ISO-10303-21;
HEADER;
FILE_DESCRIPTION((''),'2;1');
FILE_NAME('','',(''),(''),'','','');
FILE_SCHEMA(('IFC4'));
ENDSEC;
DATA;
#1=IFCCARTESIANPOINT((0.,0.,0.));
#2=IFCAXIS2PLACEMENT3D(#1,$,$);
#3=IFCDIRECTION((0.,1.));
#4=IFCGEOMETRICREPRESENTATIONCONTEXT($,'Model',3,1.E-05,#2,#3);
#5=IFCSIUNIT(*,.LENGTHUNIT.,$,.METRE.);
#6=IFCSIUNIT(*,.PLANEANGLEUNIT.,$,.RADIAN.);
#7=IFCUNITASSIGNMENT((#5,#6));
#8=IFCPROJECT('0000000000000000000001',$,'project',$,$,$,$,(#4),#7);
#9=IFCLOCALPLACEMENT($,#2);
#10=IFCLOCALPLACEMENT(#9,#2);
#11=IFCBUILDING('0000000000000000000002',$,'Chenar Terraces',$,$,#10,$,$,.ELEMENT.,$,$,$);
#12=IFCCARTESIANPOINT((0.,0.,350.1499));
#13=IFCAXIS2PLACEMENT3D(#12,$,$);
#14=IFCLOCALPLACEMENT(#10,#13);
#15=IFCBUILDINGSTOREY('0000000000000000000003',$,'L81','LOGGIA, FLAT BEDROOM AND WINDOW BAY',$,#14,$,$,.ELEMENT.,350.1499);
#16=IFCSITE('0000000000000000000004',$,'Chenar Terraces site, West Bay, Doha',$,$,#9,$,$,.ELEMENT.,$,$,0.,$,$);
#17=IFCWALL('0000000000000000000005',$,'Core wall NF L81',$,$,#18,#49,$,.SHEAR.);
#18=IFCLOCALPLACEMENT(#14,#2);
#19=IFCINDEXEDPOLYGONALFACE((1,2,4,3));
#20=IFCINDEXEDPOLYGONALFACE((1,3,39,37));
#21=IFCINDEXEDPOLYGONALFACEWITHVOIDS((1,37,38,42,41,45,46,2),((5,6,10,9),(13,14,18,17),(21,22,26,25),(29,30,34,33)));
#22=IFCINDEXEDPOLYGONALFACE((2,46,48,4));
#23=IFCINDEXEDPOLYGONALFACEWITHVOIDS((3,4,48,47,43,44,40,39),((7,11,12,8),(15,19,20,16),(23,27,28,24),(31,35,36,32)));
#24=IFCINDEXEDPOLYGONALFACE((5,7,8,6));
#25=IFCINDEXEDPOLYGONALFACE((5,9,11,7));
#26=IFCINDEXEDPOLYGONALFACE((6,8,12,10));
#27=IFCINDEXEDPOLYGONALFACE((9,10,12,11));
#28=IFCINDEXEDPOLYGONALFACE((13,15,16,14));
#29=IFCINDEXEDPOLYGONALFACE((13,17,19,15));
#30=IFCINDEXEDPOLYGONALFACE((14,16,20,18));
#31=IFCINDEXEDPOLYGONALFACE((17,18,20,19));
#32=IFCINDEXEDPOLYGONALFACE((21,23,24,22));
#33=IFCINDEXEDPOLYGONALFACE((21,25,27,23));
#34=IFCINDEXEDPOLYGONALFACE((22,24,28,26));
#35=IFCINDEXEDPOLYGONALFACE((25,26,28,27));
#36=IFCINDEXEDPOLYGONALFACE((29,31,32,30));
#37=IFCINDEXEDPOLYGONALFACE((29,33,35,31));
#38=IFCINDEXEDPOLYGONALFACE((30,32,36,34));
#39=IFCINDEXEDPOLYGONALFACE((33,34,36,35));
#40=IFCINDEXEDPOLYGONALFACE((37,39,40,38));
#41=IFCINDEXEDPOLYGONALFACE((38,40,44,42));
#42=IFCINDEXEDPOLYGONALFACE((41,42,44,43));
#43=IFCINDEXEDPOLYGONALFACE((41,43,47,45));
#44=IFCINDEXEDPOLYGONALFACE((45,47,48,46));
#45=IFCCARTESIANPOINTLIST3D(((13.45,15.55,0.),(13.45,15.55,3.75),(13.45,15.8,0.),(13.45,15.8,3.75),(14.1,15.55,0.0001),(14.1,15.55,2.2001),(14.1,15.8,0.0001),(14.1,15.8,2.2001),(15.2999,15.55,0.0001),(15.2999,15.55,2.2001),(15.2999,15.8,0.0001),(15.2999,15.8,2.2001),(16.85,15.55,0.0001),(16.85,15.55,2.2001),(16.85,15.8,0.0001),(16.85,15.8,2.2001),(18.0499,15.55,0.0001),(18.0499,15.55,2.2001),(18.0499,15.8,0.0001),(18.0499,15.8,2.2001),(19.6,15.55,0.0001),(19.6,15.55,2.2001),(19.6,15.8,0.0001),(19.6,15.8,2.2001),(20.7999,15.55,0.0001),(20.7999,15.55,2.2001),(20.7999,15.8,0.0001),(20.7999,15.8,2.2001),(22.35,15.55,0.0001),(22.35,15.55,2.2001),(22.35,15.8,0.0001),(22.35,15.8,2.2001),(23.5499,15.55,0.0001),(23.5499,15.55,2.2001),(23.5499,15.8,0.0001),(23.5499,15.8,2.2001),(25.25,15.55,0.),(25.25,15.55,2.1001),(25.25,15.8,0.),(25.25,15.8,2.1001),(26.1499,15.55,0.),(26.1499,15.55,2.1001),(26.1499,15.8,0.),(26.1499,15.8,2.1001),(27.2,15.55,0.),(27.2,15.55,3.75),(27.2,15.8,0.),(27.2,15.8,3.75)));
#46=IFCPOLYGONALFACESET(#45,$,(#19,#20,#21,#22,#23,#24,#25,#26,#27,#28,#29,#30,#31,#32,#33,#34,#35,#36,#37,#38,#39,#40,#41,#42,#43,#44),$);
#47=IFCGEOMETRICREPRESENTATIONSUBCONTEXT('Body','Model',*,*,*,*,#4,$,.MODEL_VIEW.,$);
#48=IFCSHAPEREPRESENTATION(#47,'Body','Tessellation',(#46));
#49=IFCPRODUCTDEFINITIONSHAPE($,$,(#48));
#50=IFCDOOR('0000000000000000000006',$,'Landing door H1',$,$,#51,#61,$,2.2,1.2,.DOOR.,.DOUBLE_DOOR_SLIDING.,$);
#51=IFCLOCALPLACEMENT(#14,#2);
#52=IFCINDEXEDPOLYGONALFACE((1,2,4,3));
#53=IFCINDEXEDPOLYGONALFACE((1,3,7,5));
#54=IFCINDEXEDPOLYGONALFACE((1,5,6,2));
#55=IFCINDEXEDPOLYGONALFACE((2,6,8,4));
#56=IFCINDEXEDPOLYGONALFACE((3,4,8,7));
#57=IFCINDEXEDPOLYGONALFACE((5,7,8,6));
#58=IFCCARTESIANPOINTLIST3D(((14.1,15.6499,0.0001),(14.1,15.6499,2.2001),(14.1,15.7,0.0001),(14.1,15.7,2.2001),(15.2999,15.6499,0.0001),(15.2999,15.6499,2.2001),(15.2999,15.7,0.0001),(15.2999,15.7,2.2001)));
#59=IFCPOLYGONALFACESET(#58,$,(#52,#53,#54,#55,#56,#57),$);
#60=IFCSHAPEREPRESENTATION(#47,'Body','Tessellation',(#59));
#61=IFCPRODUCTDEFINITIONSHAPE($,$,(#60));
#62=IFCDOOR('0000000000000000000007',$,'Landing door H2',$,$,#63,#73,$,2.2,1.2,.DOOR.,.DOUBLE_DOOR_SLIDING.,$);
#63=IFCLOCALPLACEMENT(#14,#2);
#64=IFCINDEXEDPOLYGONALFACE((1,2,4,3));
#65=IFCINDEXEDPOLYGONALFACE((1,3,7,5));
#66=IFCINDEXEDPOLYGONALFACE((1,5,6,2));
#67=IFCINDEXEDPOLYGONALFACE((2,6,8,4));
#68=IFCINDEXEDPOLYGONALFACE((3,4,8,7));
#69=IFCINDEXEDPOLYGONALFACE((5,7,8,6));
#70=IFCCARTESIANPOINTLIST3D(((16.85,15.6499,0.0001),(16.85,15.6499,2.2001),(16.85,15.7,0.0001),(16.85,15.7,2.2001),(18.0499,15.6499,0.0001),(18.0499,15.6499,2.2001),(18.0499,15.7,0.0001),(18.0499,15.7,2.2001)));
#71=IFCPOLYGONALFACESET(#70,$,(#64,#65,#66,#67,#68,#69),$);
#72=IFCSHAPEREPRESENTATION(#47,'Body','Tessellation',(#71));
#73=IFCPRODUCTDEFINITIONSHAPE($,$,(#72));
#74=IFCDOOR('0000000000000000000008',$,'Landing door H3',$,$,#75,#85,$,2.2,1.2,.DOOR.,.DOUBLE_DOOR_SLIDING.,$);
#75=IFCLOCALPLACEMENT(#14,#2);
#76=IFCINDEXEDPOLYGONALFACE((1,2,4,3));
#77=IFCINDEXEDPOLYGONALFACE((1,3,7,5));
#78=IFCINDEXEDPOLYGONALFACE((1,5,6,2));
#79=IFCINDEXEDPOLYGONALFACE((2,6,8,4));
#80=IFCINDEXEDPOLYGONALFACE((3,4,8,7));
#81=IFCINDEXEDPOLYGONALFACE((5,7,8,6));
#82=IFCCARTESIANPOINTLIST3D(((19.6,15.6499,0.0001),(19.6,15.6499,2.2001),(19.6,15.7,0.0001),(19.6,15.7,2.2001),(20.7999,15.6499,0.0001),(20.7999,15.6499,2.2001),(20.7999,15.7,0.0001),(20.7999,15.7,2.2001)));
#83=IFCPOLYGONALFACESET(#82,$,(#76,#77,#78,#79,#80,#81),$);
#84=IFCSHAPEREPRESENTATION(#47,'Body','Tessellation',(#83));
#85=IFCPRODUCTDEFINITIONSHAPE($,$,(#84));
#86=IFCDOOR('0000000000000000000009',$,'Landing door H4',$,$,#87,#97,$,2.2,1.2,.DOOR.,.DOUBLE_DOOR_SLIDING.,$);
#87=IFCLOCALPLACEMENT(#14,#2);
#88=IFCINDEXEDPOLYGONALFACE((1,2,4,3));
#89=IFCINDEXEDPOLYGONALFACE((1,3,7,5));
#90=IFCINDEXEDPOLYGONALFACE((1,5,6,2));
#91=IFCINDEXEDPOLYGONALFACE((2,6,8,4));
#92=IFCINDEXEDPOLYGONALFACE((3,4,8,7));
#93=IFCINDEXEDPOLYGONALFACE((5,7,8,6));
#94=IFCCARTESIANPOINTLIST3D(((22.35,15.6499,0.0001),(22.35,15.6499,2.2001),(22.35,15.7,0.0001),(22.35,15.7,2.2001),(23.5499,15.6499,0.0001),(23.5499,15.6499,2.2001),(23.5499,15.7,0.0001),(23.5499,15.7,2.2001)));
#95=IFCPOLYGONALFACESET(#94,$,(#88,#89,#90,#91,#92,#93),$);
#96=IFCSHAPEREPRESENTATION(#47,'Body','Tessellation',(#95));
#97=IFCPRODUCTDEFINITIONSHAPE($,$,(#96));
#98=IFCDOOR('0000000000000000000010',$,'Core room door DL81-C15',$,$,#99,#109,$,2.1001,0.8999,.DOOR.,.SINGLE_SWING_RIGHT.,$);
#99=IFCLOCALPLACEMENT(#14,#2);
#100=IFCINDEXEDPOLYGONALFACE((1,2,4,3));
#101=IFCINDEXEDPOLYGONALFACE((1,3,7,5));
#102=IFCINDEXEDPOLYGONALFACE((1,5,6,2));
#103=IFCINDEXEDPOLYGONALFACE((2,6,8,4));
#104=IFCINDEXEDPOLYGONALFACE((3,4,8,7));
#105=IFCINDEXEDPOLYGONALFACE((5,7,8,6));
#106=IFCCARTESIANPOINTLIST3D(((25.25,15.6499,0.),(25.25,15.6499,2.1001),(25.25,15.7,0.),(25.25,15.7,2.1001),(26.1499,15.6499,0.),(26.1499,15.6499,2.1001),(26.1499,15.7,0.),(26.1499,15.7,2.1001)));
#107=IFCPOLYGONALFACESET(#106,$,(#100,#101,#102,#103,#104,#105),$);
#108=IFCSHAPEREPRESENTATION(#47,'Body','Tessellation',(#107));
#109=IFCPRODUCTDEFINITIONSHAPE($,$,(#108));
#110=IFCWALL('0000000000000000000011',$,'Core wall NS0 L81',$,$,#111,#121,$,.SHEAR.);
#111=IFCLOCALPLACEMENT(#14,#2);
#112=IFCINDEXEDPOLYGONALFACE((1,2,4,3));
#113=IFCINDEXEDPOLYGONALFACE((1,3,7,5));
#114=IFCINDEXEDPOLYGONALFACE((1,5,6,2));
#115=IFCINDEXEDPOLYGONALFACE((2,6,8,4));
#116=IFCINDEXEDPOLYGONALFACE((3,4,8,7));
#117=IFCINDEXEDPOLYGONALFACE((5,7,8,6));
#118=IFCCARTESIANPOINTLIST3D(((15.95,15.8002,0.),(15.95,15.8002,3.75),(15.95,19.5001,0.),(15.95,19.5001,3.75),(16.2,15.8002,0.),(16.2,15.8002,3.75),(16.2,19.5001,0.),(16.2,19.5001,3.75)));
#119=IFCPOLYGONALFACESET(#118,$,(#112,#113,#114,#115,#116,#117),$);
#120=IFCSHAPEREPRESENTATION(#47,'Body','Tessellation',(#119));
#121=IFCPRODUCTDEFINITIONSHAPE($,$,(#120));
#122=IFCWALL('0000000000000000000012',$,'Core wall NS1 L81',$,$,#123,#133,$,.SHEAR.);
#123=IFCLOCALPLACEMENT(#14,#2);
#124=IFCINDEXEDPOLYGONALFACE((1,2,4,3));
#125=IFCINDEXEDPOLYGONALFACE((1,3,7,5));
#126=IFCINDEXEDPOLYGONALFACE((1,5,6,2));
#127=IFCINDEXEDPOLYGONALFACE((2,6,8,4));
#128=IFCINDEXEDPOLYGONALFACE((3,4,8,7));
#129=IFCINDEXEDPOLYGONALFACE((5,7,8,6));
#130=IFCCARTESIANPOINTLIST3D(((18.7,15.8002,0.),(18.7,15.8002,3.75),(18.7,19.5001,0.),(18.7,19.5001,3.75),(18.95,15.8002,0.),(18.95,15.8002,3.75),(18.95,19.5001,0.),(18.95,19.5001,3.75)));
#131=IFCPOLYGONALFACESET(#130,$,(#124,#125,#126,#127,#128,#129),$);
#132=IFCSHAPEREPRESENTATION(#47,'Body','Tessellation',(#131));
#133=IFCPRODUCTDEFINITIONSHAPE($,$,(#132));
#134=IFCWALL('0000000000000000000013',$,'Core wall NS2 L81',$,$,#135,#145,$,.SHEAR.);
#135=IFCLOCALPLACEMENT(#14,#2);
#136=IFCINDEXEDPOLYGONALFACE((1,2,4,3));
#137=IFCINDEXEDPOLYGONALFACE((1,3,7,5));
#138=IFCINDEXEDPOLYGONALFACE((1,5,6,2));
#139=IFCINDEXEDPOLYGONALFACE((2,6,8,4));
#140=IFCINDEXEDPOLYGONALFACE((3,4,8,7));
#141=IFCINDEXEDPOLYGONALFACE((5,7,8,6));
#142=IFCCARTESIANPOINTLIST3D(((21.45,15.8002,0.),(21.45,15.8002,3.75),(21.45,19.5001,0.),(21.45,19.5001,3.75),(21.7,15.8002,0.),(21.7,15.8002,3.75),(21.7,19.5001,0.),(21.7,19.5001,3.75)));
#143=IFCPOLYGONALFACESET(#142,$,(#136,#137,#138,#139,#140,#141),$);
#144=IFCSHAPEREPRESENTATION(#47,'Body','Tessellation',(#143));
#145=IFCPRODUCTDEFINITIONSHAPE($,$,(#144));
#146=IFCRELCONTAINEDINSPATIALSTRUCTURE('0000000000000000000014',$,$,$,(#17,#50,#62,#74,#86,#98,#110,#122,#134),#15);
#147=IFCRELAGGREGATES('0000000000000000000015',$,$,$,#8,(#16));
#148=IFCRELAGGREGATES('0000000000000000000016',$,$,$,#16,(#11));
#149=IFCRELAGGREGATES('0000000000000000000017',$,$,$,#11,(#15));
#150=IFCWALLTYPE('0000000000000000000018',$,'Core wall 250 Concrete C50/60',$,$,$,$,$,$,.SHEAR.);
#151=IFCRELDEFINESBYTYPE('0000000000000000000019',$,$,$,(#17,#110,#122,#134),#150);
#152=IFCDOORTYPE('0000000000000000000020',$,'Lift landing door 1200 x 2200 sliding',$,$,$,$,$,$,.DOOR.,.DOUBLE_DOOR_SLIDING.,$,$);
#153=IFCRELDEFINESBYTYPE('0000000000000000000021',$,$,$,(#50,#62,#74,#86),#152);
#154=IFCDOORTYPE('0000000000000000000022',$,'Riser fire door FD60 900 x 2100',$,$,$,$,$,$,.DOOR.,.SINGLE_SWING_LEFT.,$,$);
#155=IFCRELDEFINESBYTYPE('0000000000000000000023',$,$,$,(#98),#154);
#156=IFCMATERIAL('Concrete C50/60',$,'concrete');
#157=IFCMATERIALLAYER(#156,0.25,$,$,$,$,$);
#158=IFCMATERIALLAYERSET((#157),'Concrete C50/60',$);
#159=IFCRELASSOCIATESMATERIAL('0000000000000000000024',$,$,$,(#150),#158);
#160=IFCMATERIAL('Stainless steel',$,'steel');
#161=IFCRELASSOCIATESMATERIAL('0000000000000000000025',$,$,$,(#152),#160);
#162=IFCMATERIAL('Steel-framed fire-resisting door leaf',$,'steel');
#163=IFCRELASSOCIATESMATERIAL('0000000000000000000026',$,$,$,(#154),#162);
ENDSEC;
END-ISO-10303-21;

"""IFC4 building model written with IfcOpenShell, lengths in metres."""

from ifc_helpers import new_model, si_unit, direction, frame, frame_2d, origin, place, context, subcontext, project, spatial, rectangle, extrude, material, layer, layer_set, type_object, element, fill, save


model = new_model("IFC4")

# Units and contexts
model_context = context("Model", 3, precision=1e-05, world=origin(), true_north=direction((0.0, 1.0)))
body_context = subcontext(model_context, "Body", "Model", "MODEL_VIEW")
ifc_project = project(units=[si_unit("LENGTHUNIT", "METRE"), si_unit("PLANEANGLEUNIT", "RADIAN")], contexts=[model_context])

# Site, building, storey
site_placement = place(None, origin())
site = spatial("IfcSite", under=ifc_project, at=site_placement, Name="Chenar Terraces site, West Bay, Doha", CompositionType="ELEMENT", RefElevation=0.0)
building_placement = place(site_placement, origin())
building = spatial("IfcBuilding", under=site, at=building_placement, Name="Chenar Terraces", CompositionType="ELEMENT")
storey_placement = place(building_placement, frame((0.0, 0.0, 350.1499)))
storey = spatial("IfcBuildingStorey", under=building, at=storey_placement, Name="L81", Description="LOGGIA, FLAT BEDROOM AND WINDOW BAY", CompositionType="ELEMENT", Elevation=350.1499)

# Wall, openings, doors
ifc_material_1 = material(Name="Concrete C50/60", Category="concrete")
ifc_layer_1 = layer(ifc_material_1, 0.25)
ifc_layer_set_1 = layer_set([ifc_layer_1], Name="Concrete C50/60")
wall_type_1 = type_object("IfcWallType", Name="Core wall 250 Concrete C50/60", PredefinedType="SHEAR", material=ifc_layer_set_1)
wall_1_placement = place(storey_placement, frame((13.45, 15.675, 0.0), z_axis=(0.0, 0.0, 1.0), x_axis=(1.0, 0.0, 0.0)))
wall_1 = element("IfcWall", 1, at=wall_1_placement, inside=storey, type_object=wall_type_1, Name="Core wall NF L81", PredefinedType="SHEAR", context=body_context, shape_type="SweptSolid", body=[
    extrude(rectangle(XDim=13.75, YDim=0.25, at=frame_2d((6.875, 0.0))), origin(), (0.0, 0.0, 1.0), 3.75),
])
opening_1_placement = place(wall_1_placement, frame((0.6499, 0.0, 0.0)))
opening_1 = element("IfcOpeningElement", 2, at=opening_1_placement, cuts=wall_1, PredefinedType="OPENING", context=body_context, shape_type="SweptSolid", body=[
    extrude(rectangle(XDim=1.2, YDim=2.2, at=frame_2d((0.6001, 1.1001))), frame((0.0, 0.135, 0.0), z_axis=(0.0, -1.0, 0.0), x_axis=(1.0, 0.0, 0.0)), (0.0, 0.0, 1.0), 0.27),
])
opening_2_placement = place(wall_1_placement, frame((3.3999, 0.0, 0.0)))
opening_2 = element("IfcOpeningElement", 3, at=opening_2_placement, cuts=wall_1, PredefinedType="OPENING", context=body_context, shape_type="SweptSolid", body=[
    extrude(rectangle(XDim=1.2, YDim=2.2, at=frame_2d((0.6001, 1.1001))), frame((0.0, 0.135, 0.0), z_axis=(0.0, -1.0, 0.0), x_axis=(1.0, 0.0, 0.0)), (0.0, 0.0, 1.0), 0.27),
])
opening_3_placement = place(wall_1_placement, frame((6.1499, 0.0, 0.0)))
opening_3 = element("IfcOpeningElement", 4, at=opening_3_placement, cuts=wall_1, PredefinedType="OPENING", context=body_context, shape_type="SweptSolid", body=[
    extrude(rectangle(XDim=1.2, YDim=2.2, at=frame_2d((0.6001, 1.1001))), frame((0.0, 0.135, 0.0), z_axis=(0.0, -1.0, 0.0), x_axis=(1.0, 0.0, 0.0)), (0.0, 0.0, 1.0), 0.27),
])
opening_4_placement = place(wall_1_placement, frame((8.8999, 0.0, 0.0)))
opening_4 = element("IfcOpeningElement", 5, at=opening_4_placement, cuts=wall_1, PredefinedType="OPENING", context=body_context, shape_type="SweptSolid", body=[
    extrude(rectangle(XDim=1.2, YDim=2.2, at=frame_2d((0.6001, 1.1001))), frame((0.0, 0.135, 0.0), z_axis=(0.0, -1.0, 0.0), x_axis=(1.0, 0.0, 0.0)), (0.0, 0.0, 1.0), 0.27),
])
opening_5_placement = place(wall_1_placement, frame((11.8, 0.0, 0.0)))
opening_5 = element("IfcOpeningElement", 6, at=opening_5_placement, cuts=wall_1, PredefinedType="OPENING", context=body_context, shape_type="SweptSolid", body=[
    extrude(rectangle(XDim=0.8999, YDim=2.1001, at=frame_2d((0.45, 1.05))), frame((0.0, 0.135, 0.0), z_axis=(0.0, -1.0, 0.0), x_axis=(1.0, 0.0, 0.0)), (0.0, 0.0, 1.0), 0.27),
])
ifc_material_2 = material(Name="Stainless steel", Category="steel")
door_type_1 = type_object("IfcDoorType", Name="Lift landing door 1200 x 2200 sliding", OperationType="DOUBLE_DOOR_SLIDING", PredefinedType="DOOR", material=ifc_material_2)
door_1_placement = place(opening_1_placement, origin())
door_1 = element("IfcDoor", 7, at=door_1_placement, inside=storey, type_object=door_type_1, Name="Landing door H1", OperationType="DOUBLE_DOOR_SLIDING", OverallHeight=2.2, OverallWidth=1.2, PredefinedType="DOOR", context=body_context, shape_type="SweptSolid", body=[
    extrude(rectangle(XDim=1.2, YDim=2.2, at=frame_2d((0.6001, 1.1001))), frame((0.0, 0.0249, 0.0), z_axis=(0.0, -1.0, 0.0), x_axis=(1.0, 0.0, 0.0)), (0.0, 0.0, 1.0), 0.05),
])
fill(opening_1, door_1)
door_2_placement = place(opening_2_placement, origin())
door_2 = element("IfcDoor", 8, at=door_2_placement, inside=storey, type_object=door_type_1, Name="Landing door H2", OperationType="DOUBLE_DOOR_SLIDING", OverallHeight=2.2, OverallWidth=1.2, PredefinedType="DOOR", context=body_context, shape_type="SweptSolid", body=[
    extrude(rectangle(XDim=1.2, YDim=2.2, at=frame_2d((0.6001, 1.1001))), frame((0.0, 0.0249, 0.0), z_axis=(0.0, -1.0, 0.0), x_axis=(1.0, 0.0, 0.0)), (0.0, 0.0, 1.0), 0.05),
])
fill(opening_2, door_2)
door_3_placement = place(opening_3_placement, origin())
door_3 = element("IfcDoor", 9, at=door_3_placement, inside=storey, type_object=door_type_1, Name="Landing door H3", OperationType="DOUBLE_DOOR_SLIDING", OverallHeight=2.2, OverallWidth=1.2, PredefinedType="DOOR", context=body_context, shape_type="SweptSolid", body=[
    extrude(rectangle(XDim=1.2, YDim=2.2, at=frame_2d((0.6001, 1.1001))), frame((0.0, 0.0249, 0.0), z_axis=(0.0, -1.0, 0.0), x_axis=(1.0, 0.0, 0.0)), (0.0, 0.0, 1.0), 0.05),
])
fill(opening_3, door_3)
door_4_placement = place(opening_4_placement, origin())
door_4 = element("IfcDoor", 10, at=door_4_placement, inside=storey, type_object=door_type_1, Name="Landing door H4", OperationType="DOUBLE_DOOR_SLIDING", OverallHeight=2.2, OverallWidth=1.2, PredefinedType="DOOR", context=body_context, shape_type="SweptSolid", body=[
    extrude(rectangle(XDim=1.2, YDim=2.2, at=frame_2d((0.6001, 1.1001))), frame((0.0, 0.0249, 0.0), z_axis=(0.0, -1.0, 0.0), x_axis=(1.0, 0.0, 0.0)), (0.0, 0.0, 1.0), 0.05),
])
fill(opening_4, door_4)
ifc_material_3 = material(Name="Steel-framed fire-resisting door leaf", Category="steel")
door_type_2 = type_object("IfcDoorType", Name="Riser fire door FD60 900 x 2100", OperationType="SINGLE_SWING_LEFT", PredefinedType="DOOR", material=ifc_material_3)
door_5_placement = place(opening_5_placement, origin())
door_5 = element("IfcDoor", 11, at=door_5_placement, inside=storey, type_object=door_type_2, Name="Core room door DL81-C15", OperationType="SINGLE_SWING_RIGHT", OverallHeight=2.1001, OverallWidth=0.8999, PredefinedType="DOOR", context=body_context, shape_type="SweptSolid", body=[
    extrude(rectangle(XDim=0.8999, YDim=2.1001, at=frame_2d((0.45, 1.05))), frame((0.0, 0.0249, 0.0), z_axis=(0.0, -1.0, 0.0), x_axis=(1.0, 0.0, 0.0)), (0.0, 0.0, 1.0), 0.05),
])
fill(opening_5, door_5)

# Walls
for number, where, z_axis, x_axis, name in (
    (12, (16.075, 15.8, 0.0), (0.0, 0.0, 1.0), (0.0, 1.0, 0.0), "Core wall NS0 L81"),
    (13, (18.825, 15.8, 0.0), (0.0, 0.0, 1.0), (0.0, 1.0, 0.0), "Core wall NS1 L81"),
    (14, (21.575, 15.8, 0.0), (0.0, 0.0, 1.0), (0.0, 1.0, 0.0), "Core wall NS2 L81"),
):
    element("IfcWall", number, at=place(storey_placement, frame(where, z_axis=z_axis, x_axis=x_axis)), inside=storey, type_object=wall_type_1, Name=name, PredefinedType="SHEAR", context=body_context, shape_type="SweptSolid", body=[
        extrude(rectangle(XDim=3.7, YDim=0.25, at=frame_2d((1.8501, 0.0))), origin(), (0.0, 0.0, 1.0), 3.75),
    ])

save(model, "model.ifc")
